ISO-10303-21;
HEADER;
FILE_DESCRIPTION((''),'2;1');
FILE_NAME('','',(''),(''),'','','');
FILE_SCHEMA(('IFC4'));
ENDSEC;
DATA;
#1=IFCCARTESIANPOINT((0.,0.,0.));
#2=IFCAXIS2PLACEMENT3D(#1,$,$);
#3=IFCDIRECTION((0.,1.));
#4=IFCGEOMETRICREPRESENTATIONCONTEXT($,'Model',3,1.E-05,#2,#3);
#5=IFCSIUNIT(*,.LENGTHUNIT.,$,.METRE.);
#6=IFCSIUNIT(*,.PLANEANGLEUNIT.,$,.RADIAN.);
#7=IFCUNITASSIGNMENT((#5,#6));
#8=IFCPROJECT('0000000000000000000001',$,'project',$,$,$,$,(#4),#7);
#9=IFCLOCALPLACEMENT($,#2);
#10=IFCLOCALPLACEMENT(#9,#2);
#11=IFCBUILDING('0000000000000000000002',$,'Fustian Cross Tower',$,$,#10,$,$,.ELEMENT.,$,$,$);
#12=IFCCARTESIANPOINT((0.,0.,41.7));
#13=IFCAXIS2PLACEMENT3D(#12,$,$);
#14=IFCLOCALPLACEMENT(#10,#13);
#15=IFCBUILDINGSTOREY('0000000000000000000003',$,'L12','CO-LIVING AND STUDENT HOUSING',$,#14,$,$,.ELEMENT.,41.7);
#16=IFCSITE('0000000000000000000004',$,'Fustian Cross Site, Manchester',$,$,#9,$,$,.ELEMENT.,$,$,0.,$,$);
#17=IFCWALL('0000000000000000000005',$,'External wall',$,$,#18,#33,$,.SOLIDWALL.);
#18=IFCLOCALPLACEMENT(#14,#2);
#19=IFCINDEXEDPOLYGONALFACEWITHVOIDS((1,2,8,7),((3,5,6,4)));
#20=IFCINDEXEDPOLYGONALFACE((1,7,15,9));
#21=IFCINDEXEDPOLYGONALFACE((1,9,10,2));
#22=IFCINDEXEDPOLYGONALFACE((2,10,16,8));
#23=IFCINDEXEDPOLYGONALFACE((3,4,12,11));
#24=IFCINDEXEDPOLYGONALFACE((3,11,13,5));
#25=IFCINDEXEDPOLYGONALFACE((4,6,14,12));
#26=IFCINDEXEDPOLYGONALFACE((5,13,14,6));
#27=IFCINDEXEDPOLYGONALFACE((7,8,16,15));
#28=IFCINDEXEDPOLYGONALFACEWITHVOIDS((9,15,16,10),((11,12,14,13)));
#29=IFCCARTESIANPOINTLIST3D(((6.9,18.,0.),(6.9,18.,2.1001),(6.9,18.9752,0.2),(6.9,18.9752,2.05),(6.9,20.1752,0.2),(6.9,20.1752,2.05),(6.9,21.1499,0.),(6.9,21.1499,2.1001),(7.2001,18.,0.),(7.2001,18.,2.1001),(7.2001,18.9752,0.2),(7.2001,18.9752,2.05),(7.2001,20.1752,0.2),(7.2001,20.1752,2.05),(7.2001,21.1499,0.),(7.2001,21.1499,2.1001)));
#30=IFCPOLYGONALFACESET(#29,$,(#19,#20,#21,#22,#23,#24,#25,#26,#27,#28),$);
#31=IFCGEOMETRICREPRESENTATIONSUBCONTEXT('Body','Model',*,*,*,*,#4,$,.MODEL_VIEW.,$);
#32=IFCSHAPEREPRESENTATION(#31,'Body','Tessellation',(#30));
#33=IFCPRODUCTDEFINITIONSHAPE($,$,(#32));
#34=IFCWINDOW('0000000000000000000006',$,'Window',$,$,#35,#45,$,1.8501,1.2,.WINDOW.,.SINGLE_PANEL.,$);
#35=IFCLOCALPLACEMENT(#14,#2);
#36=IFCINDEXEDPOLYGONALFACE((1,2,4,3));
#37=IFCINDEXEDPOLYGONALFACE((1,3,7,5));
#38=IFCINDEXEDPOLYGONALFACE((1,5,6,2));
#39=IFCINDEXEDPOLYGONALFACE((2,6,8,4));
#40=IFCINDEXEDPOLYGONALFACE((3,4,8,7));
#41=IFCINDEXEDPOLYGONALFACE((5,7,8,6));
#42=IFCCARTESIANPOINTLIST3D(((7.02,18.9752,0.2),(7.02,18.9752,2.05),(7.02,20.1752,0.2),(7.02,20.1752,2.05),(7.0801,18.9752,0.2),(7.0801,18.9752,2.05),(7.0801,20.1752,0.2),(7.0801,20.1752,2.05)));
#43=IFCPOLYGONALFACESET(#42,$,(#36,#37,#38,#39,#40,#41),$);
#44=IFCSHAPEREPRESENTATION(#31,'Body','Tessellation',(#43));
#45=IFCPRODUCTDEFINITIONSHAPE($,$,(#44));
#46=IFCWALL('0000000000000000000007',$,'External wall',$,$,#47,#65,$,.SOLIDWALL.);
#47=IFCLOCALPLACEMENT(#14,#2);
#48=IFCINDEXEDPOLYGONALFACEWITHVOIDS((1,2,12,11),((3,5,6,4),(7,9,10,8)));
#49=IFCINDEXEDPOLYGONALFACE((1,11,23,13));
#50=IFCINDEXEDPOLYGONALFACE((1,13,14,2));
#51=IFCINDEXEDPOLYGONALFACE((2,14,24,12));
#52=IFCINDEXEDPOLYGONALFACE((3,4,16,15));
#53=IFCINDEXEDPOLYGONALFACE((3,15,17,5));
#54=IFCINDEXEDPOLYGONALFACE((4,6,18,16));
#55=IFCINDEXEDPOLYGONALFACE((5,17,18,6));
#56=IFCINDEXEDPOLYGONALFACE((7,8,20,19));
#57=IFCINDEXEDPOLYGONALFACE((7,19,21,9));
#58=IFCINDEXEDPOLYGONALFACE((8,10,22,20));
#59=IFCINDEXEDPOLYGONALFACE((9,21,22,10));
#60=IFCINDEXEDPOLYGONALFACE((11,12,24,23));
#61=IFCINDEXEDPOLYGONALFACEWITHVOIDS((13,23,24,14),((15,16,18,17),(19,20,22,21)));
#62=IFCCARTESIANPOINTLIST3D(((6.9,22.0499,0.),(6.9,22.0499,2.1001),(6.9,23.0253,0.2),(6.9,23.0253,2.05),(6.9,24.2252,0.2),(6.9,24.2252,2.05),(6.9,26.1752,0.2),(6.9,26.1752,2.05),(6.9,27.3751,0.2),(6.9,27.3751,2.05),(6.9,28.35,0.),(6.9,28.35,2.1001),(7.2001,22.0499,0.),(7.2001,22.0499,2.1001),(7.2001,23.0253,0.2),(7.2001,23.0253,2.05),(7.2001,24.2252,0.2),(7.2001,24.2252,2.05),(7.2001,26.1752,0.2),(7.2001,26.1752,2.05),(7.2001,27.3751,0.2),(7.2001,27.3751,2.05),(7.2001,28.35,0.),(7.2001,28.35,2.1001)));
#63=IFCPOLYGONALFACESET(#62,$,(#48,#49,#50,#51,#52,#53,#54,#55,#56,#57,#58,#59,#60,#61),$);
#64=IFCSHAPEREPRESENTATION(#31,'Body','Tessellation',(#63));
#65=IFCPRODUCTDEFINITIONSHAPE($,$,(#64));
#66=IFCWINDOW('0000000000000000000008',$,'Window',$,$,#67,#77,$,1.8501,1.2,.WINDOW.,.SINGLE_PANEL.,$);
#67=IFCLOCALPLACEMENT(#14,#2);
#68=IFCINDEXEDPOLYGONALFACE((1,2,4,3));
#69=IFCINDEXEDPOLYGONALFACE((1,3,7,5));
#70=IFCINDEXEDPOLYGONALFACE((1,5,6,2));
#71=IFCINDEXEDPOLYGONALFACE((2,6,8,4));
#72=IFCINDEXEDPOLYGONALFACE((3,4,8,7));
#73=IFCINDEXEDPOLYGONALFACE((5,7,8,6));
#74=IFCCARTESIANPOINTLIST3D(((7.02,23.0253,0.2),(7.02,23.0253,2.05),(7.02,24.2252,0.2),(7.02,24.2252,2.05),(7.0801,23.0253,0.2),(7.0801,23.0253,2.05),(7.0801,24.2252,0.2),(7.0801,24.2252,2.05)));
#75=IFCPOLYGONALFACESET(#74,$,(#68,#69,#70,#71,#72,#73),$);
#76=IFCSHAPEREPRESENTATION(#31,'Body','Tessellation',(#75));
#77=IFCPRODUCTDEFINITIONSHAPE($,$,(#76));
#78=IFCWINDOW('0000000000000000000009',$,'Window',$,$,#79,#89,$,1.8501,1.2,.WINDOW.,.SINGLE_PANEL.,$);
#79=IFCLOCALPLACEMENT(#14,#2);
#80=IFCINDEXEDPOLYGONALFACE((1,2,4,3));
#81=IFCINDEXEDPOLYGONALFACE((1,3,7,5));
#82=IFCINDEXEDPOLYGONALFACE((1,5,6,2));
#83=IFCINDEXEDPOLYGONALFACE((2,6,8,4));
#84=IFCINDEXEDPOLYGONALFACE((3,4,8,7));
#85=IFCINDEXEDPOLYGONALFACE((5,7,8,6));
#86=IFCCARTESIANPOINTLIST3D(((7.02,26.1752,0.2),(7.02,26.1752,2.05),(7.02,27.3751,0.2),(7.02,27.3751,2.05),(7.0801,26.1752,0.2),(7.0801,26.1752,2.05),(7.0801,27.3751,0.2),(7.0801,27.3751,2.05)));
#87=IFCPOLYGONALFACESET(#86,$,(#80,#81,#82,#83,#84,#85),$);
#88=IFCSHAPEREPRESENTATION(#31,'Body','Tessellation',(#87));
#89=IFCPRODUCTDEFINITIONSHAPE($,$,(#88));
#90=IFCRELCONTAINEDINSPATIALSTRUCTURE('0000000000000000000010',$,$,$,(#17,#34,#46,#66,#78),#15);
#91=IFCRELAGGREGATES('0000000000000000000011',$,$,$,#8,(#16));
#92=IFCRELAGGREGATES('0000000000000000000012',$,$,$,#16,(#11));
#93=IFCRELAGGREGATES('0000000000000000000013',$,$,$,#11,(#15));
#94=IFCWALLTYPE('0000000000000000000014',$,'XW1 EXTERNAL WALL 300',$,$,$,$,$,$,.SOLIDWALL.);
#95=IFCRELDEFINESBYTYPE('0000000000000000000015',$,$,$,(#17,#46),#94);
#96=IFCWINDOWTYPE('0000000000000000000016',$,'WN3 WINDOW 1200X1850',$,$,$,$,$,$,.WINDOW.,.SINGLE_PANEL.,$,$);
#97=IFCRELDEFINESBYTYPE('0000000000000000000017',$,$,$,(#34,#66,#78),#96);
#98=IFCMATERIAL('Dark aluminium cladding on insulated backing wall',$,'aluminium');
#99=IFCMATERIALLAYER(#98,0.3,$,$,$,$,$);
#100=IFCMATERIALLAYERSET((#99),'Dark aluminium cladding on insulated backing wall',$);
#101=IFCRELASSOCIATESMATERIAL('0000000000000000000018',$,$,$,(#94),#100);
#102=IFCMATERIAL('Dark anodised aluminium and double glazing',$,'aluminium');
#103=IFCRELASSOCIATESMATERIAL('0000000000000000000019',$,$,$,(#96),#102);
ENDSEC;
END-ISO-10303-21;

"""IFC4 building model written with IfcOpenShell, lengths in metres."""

from ifc_helpers import new_model, si_unit, direction, frame, frame_2d, origin, place, context, subcontext, project, spatial, rectangle, extrude, material, layer, layer_set, type_object, element, fill, save


model = new_model("IFC4")

# Units and contexts
model_context = context("Model", 3, precision=1e-05, world=origin(), true_north=direction((0.0, 1.0)))
body_context = subcontext(model_context, "Body", "Model", "MODEL_VIEW")
ifc_project = project(units=[si_unit("LENGTHUNIT", "METRE"), si_unit("PLANEANGLEUNIT", "RADIAN")], contexts=[model_context])

# Site, building, storey
site_placement = place(None, origin())
site = spatial("IfcSite", under=ifc_project, at=site_placement, Name="Fustian Cross Site, Manchester", CompositionType="ELEMENT", RefElevation=0.0)
building_placement = place(site_placement, origin())
building = spatial("IfcBuilding", under=site, at=building_placement, Name="Fustian Cross Tower", CompositionType="ELEMENT")
storey_placement = place(building_placement, frame((0.0, 0.0, 41.7)))
storey = spatial("IfcBuildingStorey", under=building, at=storey_placement, Name="L12", Description="CO-LIVING AND STUDENT HOUSING", CompositionType="ELEMENT", Elevation=41.7)

# Wall, opening, window
ifc_material_1 = material(Name="Dark aluminium cladding on insulated backing wall", Category="aluminium")
ifc_layer_1 = layer(ifc_material_1, 0.3)
ifc_layer_set_1 = layer_set([ifc_layer_1], Name="Dark aluminium cladding on insulated backing wall")
wall_type_1 = type_object("IfcWallType", Name="XW1 EXTERNAL WALL 300", PredefinedType="SOLIDWALL", material=ifc_layer_set_1)
wall_1_placement = place(storey_placement, frame((7.05, 18.0, 0.0), z_axis=(0.0, 0.0, 1.0), x_axis=(0.0, 1.0, 0.0)))
wall_1 = element("IfcWall", 1, at=wall_1_placement, inside=storey, type_object=wall_type_1, Name="External wall", PredefinedType="SOLIDWALL", context=body_context, shape_type="SweptSolid", body=[
    extrude(rectangle(XDim=3.1499, YDim=0.3, at=frame_2d((1.575, 0.0))), origin(), (0.0, 0.0, 1.0), 2.1001),
])
opening_1_placement = place(wall_1_placement, frame((0.9751, 0.0, 0.2)))
opening_1 = element("IfcOpeningElement", 2, at=opening_1_placement, cuts=wall_1, PredefinedType="OPENING", context=body_context, shape_type="SweptSolid", body=[
    extrude(rectangle(XDim=1.2, YDim=1.8501, at=frame_2d((0.6001, 0.925))), frame((0.0, 0.1599, 0.0), z_axis=(0.0, -1.0, 0.0), x_axis=(1.0, 0.0, 0.0)), (0.0, 0.0, 1.0), 0.3201),
])
ifc_material_2 = material(Name="Dark anodised aluminium and double glazing", Category="aluminium")
window_type = type_object("IfcWindowType", Name="WN3 WINDOW 1200X1850", PartitioningType="SINGLE_PANEL", PredefinedType="WINDOW", material=ifc_material_2)
window_1_placement = place(opening_1_placement, origin())
window_1 = element("IfcWindow", 3, at=window_1_placement, inside=storey, type_object=window_type, Name="Window", OverallHeight=1.8501, OverallWidth=1.2, PartitioningType="SINGLE_PANEL", PredefinedType="WINDOW", context=body_context, shape_type="SweptSolid", body=[
    extrude(rectangle(XDim=1.2, YDim=1.8501, at=frame_2d((0.6001, 0.925))), frame((0.0, 0.03, 0.0), z_axis=(0.0, -1.0, 0.0), x_axis=(1.0, 0.0, 0.0)), (0.0, 0.0, 1.0), 0.0601),
])
fill(opening_1, window_1)

# Wall, openings, windows
wall_2_placement = place(storey_placement, frame((7.05, 22.05, 0.0), z_axis=(0.0, 0.0, 1.0), x_axis=(0.0, 1.0, 0.0)))
wall_2 = element("IfcWall", 4, at=wall_2_placement, inside=storey, type_object=wall_type_1, Name="External wall", PredefinedType="SOLIDWALL", context=body_context, shape_type="SweptSolid", body=[
    extrude(rectangle(XDim=6.3, YDim=0.3, at=frame_2d((3.1499, 0.0))), origin(), (0.0, 0.0, 1.0), 2.1001),
])
opening_2_placement = place(wall_2_placement, frame((0.9751, 0.0, 0.2)))
opening_2 = element("IfcOpeningElement", 5, at=opening_2_placement, cuts=wall_2, PredefinedType="OPENING", context=body_context, shape_type="SweptSolid", body=[
    extrude(rectangle(XDim=1.2, YDim=1.8501, at=frame_2d((0.6001, 0.925))), frame((0.0, 0.1599, 0.0), z_axis=(0.0, -1.0, 0.0), x_axis=(1.0, 0.0, 0.0)), (0.0, 0.0, 1.0), 0.3201),
])
opening_3_placement = place(wall_2_placement, frame((4.125, 0.0, 0.2)))
opening_3 = element("IfcOpeningElement", 6, at=opening_3_placement, cuts=wall_2, PredefinedType="OPENING", context=body_context, shape_type="SweptSolid", body=[
    extrude(rectangle(XDim=1.2, YDim=1.8501, at=frame_2d((0.6001, 0.925))), frame((0.0, 0.1599, 0.0), z_axis=(0.0, -1.0, 0.0), x_axis=(1.0, 0.0, 0.0)), (0.0, 0.0, 1.0), 0.3201),
])
window_2_placement = place(opening_2_placement, origin())
window_2 = element("IfcWindow", 7, at=window_2_placement, inside=storey, type_object=window_type, Name="Window", OverallHeight=1.8501, OverallWidth=1.2, PartitioningType="SINGLE_PANEL", PredefinedType="WINDOW", context=body_context, shape_type="SweptSolid", body=[
    extrude(rectangle(XDim=1.2, YDim=1.8501, at=frame_2d((0.6001, 0.925))), frame((0.0, 0.03, 0.0), z_axis=(0.0, -1.0, 0.0), x_axis=(1.0, 0.0, 0.0)), (0.0, 0.0, 1.0), 0.0601),
])
fill(opening_2, window_2)
window_3_placement = place(opening_3_placement, origin())
window_3 = element("IfcWindow", 8, at=window_3_placement, inside=storey, type_object=window_type, Name="Window", OverallHeight=1.8501, OverallWidth=1.2, PartitioningType="SINGLE_PANEL", PredefinedType="WINDOW", context=body_context, shape_type="SweptSolid", body=[
    extrude(rectangle(XDim=1.2, YDim=1.8501, at=frame_2d((0.6001, 0.925))), frame((0.0, 0.03, 0.0), z_axis=(0.0, -1.0, 0.0), x_axis=(1.0, 0.0, 0.0)), (0.0, 0.0, 1.0), 0.0601),
])
fill(opening_3, window_3)

save(model, "model.ifc")
